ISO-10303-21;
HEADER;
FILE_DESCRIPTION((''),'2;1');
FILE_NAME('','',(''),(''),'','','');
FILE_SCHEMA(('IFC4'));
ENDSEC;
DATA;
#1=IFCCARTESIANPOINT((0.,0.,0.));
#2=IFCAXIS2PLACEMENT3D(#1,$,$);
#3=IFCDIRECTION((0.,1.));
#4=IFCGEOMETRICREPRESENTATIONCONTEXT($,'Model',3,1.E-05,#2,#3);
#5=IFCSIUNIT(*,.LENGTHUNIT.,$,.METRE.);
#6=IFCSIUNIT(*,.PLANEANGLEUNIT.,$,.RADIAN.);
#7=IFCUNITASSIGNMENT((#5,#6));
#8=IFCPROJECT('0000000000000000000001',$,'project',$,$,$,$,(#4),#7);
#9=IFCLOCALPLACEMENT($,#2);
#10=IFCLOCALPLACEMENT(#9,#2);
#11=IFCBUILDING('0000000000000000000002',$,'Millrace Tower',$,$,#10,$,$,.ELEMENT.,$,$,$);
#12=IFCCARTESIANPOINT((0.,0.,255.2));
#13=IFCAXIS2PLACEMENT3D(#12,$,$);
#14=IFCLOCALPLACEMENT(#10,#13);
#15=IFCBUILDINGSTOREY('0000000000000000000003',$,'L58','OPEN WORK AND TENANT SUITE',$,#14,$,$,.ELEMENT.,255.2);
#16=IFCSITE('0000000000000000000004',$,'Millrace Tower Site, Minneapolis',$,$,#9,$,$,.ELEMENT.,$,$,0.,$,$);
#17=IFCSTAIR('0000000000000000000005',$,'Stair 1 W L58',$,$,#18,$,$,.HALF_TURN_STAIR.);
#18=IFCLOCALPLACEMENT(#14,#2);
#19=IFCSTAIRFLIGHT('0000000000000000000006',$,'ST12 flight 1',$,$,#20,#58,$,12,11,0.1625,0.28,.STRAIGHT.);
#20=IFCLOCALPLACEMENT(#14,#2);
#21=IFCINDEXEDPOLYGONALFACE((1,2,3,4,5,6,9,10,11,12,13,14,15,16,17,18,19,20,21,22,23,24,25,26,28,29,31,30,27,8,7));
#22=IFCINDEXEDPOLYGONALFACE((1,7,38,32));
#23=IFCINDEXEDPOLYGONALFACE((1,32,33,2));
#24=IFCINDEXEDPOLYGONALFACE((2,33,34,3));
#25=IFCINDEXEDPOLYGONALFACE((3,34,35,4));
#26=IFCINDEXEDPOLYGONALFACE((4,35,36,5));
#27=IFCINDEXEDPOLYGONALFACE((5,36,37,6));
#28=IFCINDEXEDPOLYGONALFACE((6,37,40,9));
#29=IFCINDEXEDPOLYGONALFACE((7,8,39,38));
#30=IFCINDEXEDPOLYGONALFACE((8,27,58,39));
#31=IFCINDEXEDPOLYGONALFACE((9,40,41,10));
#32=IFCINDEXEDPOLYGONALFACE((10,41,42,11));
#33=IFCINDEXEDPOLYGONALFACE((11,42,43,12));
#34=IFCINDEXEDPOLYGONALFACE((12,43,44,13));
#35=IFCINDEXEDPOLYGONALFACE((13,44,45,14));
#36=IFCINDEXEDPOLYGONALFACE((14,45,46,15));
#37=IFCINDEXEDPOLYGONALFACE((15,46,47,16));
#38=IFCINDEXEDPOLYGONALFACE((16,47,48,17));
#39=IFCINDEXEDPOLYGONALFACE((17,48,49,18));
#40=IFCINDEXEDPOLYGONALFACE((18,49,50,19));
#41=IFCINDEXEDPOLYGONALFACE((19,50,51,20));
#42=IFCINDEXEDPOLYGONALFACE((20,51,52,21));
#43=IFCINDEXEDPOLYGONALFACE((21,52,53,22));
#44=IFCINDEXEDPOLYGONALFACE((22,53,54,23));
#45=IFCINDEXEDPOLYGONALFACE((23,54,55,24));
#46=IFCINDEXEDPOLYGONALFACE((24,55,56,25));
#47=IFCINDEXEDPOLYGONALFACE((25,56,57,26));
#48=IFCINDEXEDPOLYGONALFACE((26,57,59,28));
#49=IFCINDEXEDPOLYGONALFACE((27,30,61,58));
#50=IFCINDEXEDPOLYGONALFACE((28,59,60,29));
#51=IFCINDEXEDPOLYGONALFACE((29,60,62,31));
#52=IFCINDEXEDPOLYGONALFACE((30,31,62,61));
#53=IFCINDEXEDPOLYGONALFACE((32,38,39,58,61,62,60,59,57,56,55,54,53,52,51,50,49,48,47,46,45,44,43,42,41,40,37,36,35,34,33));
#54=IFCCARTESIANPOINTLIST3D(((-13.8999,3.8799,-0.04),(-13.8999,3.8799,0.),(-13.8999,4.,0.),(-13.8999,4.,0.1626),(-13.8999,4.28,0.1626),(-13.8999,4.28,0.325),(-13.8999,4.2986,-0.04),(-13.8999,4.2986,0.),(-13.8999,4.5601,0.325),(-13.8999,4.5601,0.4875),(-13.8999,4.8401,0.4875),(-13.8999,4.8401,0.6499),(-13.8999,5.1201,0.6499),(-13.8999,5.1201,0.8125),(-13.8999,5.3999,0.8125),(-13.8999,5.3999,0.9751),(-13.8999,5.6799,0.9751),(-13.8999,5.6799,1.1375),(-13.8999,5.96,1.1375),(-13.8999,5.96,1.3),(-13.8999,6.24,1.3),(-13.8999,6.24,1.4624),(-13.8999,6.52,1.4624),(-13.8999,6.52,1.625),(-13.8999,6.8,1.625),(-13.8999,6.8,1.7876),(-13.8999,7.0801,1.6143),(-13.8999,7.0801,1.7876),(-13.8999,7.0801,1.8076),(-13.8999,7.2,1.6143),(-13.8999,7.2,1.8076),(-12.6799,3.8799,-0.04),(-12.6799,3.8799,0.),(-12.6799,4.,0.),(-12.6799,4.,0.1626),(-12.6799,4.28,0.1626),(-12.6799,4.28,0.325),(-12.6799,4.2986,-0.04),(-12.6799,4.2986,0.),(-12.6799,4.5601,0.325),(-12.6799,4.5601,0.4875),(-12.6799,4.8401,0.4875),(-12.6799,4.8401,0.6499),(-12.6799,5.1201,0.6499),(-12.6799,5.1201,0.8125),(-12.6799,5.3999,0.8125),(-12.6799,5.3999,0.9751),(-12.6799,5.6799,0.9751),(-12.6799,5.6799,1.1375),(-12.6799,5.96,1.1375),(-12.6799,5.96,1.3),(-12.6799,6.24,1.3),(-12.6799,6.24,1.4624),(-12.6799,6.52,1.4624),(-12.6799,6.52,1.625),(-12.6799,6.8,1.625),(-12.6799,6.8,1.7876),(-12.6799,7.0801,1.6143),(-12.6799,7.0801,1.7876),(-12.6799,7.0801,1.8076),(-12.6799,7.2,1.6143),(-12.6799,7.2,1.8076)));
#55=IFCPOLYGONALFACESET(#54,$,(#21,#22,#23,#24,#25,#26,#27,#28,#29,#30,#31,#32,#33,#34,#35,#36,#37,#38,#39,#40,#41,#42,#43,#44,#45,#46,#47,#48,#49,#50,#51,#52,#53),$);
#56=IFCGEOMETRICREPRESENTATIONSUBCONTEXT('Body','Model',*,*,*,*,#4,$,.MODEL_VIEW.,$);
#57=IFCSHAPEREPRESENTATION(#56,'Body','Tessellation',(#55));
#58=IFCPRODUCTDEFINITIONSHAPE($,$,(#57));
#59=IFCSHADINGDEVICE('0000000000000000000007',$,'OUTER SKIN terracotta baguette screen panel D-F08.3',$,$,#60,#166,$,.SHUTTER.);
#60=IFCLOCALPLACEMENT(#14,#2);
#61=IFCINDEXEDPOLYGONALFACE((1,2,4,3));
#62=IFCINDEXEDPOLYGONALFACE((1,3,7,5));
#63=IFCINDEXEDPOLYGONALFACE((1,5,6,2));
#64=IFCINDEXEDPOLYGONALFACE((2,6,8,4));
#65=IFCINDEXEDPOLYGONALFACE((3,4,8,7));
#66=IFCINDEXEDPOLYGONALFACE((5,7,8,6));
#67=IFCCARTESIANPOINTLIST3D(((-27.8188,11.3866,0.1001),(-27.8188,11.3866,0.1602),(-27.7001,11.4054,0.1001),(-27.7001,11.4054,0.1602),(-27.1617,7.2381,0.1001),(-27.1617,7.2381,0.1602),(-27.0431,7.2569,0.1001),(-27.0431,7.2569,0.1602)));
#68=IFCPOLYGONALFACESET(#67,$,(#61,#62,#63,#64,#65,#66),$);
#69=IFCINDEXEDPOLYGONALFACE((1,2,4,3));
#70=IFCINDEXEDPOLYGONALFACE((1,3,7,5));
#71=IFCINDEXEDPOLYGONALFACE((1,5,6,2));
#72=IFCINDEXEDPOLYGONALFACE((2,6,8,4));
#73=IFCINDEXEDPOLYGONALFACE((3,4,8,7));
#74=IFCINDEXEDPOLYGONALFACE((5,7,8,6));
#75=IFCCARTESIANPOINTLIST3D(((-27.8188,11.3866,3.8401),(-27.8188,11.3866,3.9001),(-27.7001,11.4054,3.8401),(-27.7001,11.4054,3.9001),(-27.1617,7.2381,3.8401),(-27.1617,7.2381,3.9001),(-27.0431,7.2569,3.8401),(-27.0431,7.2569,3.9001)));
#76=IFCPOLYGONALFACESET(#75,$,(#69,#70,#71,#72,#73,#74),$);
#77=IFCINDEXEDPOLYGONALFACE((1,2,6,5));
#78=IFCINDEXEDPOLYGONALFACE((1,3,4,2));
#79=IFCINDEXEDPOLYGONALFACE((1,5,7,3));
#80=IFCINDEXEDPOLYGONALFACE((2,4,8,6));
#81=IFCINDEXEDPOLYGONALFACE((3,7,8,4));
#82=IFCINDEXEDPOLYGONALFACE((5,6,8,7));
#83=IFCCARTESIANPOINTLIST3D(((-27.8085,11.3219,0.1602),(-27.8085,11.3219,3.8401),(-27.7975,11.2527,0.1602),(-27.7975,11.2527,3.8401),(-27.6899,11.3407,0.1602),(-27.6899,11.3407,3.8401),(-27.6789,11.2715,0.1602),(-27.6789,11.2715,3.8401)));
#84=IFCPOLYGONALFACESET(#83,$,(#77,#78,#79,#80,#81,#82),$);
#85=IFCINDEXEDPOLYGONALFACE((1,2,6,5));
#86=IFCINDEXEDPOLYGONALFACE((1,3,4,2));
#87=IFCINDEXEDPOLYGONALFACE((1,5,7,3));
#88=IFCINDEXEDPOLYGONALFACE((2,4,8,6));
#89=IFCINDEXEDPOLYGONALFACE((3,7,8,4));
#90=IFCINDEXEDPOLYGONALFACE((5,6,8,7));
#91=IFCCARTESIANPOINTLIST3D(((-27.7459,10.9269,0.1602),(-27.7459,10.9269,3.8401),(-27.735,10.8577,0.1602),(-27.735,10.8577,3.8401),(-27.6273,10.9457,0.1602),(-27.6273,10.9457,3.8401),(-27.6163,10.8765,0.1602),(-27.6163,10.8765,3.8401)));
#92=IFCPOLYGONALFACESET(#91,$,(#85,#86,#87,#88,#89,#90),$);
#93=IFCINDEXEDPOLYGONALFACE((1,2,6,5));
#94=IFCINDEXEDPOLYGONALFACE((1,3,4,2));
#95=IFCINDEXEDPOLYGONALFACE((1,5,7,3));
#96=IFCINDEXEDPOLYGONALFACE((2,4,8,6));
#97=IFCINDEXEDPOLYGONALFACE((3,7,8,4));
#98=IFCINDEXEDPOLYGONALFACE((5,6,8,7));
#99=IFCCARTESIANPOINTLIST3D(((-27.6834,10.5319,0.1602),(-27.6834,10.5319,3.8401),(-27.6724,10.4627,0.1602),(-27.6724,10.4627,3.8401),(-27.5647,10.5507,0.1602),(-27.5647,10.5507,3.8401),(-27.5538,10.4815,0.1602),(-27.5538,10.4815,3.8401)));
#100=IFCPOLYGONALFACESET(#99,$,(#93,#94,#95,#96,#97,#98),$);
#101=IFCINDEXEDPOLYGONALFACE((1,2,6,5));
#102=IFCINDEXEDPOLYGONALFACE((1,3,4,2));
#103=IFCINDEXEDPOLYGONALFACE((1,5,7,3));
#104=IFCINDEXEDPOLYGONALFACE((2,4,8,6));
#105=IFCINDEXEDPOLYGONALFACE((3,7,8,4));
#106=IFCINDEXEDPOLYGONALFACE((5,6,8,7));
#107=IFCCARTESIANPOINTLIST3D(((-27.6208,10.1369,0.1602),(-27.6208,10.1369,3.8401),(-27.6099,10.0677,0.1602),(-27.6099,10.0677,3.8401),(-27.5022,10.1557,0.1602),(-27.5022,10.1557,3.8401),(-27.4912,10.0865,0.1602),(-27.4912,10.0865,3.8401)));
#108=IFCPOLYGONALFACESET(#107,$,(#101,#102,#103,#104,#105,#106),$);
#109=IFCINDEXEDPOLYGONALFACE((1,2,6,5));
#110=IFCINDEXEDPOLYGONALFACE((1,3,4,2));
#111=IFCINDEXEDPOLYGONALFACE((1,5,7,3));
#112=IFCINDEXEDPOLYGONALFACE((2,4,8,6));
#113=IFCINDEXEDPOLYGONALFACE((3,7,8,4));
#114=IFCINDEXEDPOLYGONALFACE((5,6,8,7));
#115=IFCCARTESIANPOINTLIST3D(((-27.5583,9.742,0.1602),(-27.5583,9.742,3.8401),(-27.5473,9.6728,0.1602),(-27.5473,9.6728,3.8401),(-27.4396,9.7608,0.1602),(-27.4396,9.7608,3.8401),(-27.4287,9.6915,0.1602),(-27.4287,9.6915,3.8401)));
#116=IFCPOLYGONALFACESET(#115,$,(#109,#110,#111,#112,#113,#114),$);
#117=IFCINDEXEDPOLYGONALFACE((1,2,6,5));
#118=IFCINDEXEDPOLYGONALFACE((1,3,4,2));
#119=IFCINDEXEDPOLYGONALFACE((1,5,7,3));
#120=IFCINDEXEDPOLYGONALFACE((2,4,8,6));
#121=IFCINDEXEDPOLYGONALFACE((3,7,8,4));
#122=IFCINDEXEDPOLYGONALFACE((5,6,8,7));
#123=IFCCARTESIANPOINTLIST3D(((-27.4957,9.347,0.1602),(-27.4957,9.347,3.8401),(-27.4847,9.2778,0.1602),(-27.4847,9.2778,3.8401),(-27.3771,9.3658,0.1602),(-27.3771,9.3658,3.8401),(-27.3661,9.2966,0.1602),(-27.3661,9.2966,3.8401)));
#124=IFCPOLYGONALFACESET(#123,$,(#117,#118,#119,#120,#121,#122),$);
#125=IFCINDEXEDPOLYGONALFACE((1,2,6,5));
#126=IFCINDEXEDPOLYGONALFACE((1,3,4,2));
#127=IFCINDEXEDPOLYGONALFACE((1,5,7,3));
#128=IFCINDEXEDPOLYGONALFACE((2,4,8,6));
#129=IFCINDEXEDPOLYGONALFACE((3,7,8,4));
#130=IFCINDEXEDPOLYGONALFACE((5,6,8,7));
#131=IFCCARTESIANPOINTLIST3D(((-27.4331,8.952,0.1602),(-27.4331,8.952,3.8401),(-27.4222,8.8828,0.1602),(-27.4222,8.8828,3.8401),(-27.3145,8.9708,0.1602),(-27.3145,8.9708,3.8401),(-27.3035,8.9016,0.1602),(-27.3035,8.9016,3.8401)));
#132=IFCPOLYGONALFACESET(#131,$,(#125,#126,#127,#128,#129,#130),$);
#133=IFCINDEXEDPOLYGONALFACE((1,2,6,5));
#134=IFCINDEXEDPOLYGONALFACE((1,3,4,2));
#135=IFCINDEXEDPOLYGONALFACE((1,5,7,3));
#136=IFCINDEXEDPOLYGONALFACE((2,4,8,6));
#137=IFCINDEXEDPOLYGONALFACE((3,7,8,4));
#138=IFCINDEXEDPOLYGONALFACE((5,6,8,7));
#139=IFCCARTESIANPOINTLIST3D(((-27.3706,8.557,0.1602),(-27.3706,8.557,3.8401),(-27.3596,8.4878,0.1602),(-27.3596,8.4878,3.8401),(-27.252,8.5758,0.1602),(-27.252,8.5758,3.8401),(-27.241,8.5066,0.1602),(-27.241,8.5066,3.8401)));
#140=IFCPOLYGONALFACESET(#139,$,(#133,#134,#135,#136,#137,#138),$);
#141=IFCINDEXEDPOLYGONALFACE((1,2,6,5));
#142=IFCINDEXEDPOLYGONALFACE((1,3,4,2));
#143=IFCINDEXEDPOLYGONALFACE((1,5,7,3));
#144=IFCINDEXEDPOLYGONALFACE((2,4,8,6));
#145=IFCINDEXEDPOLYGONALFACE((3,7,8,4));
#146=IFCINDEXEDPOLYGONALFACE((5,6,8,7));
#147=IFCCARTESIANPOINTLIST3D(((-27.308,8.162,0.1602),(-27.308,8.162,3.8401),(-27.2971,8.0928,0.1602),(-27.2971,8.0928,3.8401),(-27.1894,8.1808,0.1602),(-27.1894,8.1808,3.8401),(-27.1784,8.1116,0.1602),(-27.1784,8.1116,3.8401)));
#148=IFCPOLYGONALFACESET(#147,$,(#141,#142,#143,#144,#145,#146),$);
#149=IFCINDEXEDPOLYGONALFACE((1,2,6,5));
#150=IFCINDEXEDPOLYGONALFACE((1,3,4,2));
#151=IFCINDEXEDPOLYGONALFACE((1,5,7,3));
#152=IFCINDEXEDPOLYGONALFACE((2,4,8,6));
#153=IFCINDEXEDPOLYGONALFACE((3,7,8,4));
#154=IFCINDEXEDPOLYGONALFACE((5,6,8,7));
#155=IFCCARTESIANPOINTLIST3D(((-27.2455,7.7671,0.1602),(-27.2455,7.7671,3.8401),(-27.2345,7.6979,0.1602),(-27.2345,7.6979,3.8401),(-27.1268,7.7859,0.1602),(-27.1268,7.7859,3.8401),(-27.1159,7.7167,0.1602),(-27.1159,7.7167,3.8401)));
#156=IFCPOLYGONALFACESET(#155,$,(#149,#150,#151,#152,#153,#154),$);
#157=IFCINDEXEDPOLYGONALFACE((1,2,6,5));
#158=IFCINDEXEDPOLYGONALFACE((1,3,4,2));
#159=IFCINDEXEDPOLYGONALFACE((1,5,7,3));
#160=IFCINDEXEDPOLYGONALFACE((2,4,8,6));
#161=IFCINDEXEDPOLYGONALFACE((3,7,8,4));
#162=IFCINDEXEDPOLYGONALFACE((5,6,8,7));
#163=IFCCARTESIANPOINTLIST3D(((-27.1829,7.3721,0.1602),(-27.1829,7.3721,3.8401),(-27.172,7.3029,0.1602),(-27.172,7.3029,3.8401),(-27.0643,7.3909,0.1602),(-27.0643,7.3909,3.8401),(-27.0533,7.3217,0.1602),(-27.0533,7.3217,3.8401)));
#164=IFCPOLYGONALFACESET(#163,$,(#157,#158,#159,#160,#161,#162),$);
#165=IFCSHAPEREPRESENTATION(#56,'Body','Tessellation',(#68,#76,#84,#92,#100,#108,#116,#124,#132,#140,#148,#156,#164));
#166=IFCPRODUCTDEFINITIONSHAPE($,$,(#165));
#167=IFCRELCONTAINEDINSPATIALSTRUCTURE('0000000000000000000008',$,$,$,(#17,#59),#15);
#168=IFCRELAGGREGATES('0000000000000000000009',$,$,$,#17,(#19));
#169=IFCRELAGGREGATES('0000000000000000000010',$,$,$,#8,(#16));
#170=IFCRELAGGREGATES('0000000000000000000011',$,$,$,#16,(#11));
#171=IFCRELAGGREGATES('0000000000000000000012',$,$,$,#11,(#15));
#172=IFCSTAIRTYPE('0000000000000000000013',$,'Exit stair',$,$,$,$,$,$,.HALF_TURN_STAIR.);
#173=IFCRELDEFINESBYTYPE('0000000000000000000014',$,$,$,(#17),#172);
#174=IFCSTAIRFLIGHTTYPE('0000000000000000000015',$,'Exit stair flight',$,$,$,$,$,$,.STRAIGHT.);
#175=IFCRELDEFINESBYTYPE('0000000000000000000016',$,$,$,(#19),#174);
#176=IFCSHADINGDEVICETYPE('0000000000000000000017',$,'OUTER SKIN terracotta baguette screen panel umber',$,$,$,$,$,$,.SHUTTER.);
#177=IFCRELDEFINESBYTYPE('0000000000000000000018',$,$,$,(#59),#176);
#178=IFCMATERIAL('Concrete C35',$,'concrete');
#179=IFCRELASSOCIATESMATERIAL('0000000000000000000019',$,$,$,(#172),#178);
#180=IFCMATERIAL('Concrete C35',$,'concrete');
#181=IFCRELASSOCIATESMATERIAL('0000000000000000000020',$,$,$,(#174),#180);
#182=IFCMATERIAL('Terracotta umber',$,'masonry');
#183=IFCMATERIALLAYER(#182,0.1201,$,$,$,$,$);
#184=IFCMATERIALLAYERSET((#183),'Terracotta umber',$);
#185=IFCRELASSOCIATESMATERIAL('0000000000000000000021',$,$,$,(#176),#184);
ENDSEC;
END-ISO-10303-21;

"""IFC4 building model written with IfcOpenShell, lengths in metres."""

from ifc_helpers import new_model, entity, si_unit, direction, frame, frame_2d, origin, origin_2d, place, context, subcontext, project, spatial, polyline, rectangle, outline, extrude, source, transform, mapped, material, layer, layer_set, type_object, element, aggregate, save


model = new_model("IFC4")

# Units and contexts
model_context = context("Model", 3, precision=1e-05, world=origin(), true_north=direction((0.0, 1.0)))
body_context = subcontext(model_context, "Body", "Model", "MODEL_VIEW")
ifc_project = project(units=[si_unit("LENGTHUNIT", "METRE"), si_unit("PLANEANGLEUNIT", "RADIAN")], contexts=[model_context])

# Site, building, storey
site_placement = place(None, origin())
site = spatial("IfcSite", under=ifc_project, at=site_placement, Name="Millrace Tower Site, Minneapolis", CompositionType="ELEMENT", RefElevation=0.0)
building_placement = place(site_placement, origin())
building = spatial("IfcBuilding", under=site, at=building_placement, Name="Millrace Tower", CompositionType="ELEMENT")
storey_placement = place(building_placement, frame((0.0, 0.0, 255.2)))
storey = spatial("IfcBuildingStorey", under=building, at=storey_placement, Name="L58", Description="OPEN WORK AND TENANT SUITE", CompositionType="ELEMENT", Elevation=255.2)

# Shared definitions
placement = place(storey_placement, origin())

# Stair, stair flight
ifc_material_1 = material(Name="Concrete C35", Category="concrete")
stair_type = type_object("IfcStairType", Name="Exit stair", PredefinedType="HALF_TURN_STAIR", material=ifc_material_1)
stair = element("IfcStair", 1, at=placement, inside=storey, type_object=stair_type, Name="Stair 1 W L58", PredefinedType="HALF_TURN_STAIR")
ifc_material_2 = material(Name="Concrete C35", Category="concrete")
stair_flight_type = type_object("IfcStairFlightType", Name="Exit stair flight", PredefinedType="STRAIGHT", material=ifc_material_2)
stair_flight_placement = place(storey_placement, frame((-13.29, 4.0, 0.0), z_axis=(0.0, 0.0, 1.0), x_axis=(0.0, 1.0, 0.0)))
stair_flight = element("IfcStairFlight", 2, at=stair_flight_placement, type_object=stair_flight_type, Name="ST12 flight 1", NumberOfRisers=12, NumberOfTreads=11, PredefinedType="STRAIGHT", RiserHeight=0.1625, TreadLength=0.28, context=body_context, shape_type="SweptSolid", body=[
    extrude(outline(polyline([(-0.1201, -0.04), (-0.1201, 0.0), (0.0, 0.0), (0.0, 0.1626), (0.28, 0.1626), (0.28, 0.325), (0.5601, 0.325), (0.5601, 0.4875), (0.8401, 0.4875), (0.8401, 0.6499), (1.1201, 0.6499), (1.1201, 0.8125), (1.3999, 0.8125), (1.3999, 0.9751), (1.6799, 0.9751), (1.6799, 1.1375), (1.96, 1.1375), (1.96, 1.3), (2.24, 1.3), (2.24, 1.4624), (2.52, 1.4624), (2.52, 1.625), (2.8, 1.625), (2.8, 1.7876), (3.0801, 1.7876), (3.0801, 1.8076), (3.2, 1.8076), (3.2, 1.6143), (3.0801, 1.6143), (0.2986, 0.0), (0.2986, -0.04), (-0.1201, -0.04)])), frame((0.0, 0.6099, 0.0), z_axis=(0.0, -1.0, 0.0), x_axis=(1.0, 0.0, 0.0)), (0.0, 0.0, 1.0), 1.22),
])
aggregate(stair, [stair_flight])

# Shading device
ifc_material_3 = material(Name="Terracotta umber", Category="masonry")
ifc_layer_1 = layer(ifc_material_3, 0.1201)
ifc_layer_set_1 = layer_set([ifc_layer_1], Name="Terracotta umber")
shading_device_type = type_object("IfcShadingDeviceType", Name="OUTER SKIN terracotta baguette screen panel umber", PredefinedType="SHUTTER", material=ifc_layer_set_1)
cartesian_point = entity("IfcCartesianPoint", [-2.1001, 0.0601])
shared_polyline = entity("IfcPolyline", [cartesian_point, entity("IfcCartesianPoint", [2.1001, 0.0601]), entity("IfcCartesianPoint", [2.1001, -0.0601]), entity("IfcCartesianPoint", [-2.1001, -0.0601]), cartesian_point])
shared_shape = source(origin(), body_context, "Body", "SweptSolid", [
    entity("IfcExtrudedAreaSolid", entity("IfcArbitraryClosedProfileDef", "AREA", None, shared_polyline), entity("IfcAxis2Placement3D", entity("IfcCartesianPoint", [0.0, 0.0, 0.0])), entity("IfcDirection", [0.0, 0.0, 1.0]), 0.0601),
    entity("IfcExtrudedAreaSolid", entity("IfcArbitraryClosedProfileDef", "AREA", None, shared_polyline), entity("IfcAxis2Placement3D", entity("IfcCartesianPoint", [0.0, 0.0, 3.74])), entity("IfcDirection", [0.0, 0.0, 1.0]), 0.0601),
    extrude(rectangle(XDim=0.0701, YDim=0.1201, at=frame_2d((-1.9995, 0.0))), frame((0.0, 0.0, 0.0601)), (0.0, 0.0, 1.0), 3.6799),
    extrude(rectangle(XDim=0.0701, YDim=0.1201, at=frame_2d((-1.5996, 0.0))), frame((0.0, 0.0, 0.0601)), (0.0, 0.0, 1.0), 3.6799),
    extrude(rectangle(XDim=0.0701, YDim=0.1201, at=frame_2d((-1.1997, 0.0))), frame((0.0, 0.0, 0.0601)), (0.0, 0.0, 1.0), 3.6799),
    extrude(rectangle(XDim=0.0701, YDim=0.1201, at=frame_2d((-0.7998, 0.0))), frame((0.0, 0.0, 0.0601)), (0.0, 0.0, 1.0), 3.6799),
    extrude(rectangle(XDim=0.0701, YDim=0.1201, at=frame_2d((-0.3999, 0.0))), frame((0.0, 0.0, 0.0601)), (0.0, 0.0, 1.0), 3.6799),
    extrude(rectangle(XDim=0.0701, YDim=0.1201, at=origin_2d()), frame((0.0, 0.0, 0.0601)), (0.0, 0.0, 1.0), 3.6799),
    extrude(rectangle(XDim=0.0701, YDim=0.1201, at=frame_2d((0.3999, 0.0))), frame((0.0, 0.0, 0.0601)), (0.0, 0.0, 1.0), 3.6799),
    extrude(rectangle(XDim=0.0701, YDim=0.1201, at=frame_2d((0.7998, 0.0))), frame((0.0, 0.0, 0.0601)), (0.0, 0.0, 1.0), 3.6799),
    extrude(rectangle(XDim=0.0701, YDim=0.1201, at=frame_2d((1.1997, 0.0))), frame((0.0, 0.0, 0.0601)), (0.0, 0.0, 1.0), 3.6799),
    extrude(rectangle(XDim=0.0701, YDim=0.1201, at=frame_2d((1.5996, 0.0))), frame((0.0, 0.0, 0.0601)), (0.0, 0.0, 1.0), 3.6799),
    extrude(rectangle(XDim=0.0701, YDim=0.1201, at=frame_2d((1.9995, 0.0))), frame((0.0, 0.0, 0.0601)), (0.0, 0.0, 1.0), 3.6799),
])
for number, where, z_axis, x_axis, name in (
    (3, (-27.4309, 9.3218, 0.1001), (0.0, 0.0, 1.0), (0.156434, -0.987688, 0.0), "OUTER SKIN terracotta baguette screen panel D-F08.3"),
):
    element("IfcShadingDevice", number, at=place(storey_placement, frame(where, z_axis=z_axis, x_axis=x_axis)), inside=storey, type_object=shading_device_type, Name=name, PredefinedType="SHUTTER", context=body_context, shape_type="MappedRepresentation", body=[
        mapped(shared_shape, transform((0.0, 0.0, 0.0), scale=1.0)),
    ])

save(model, "model.ifc")
